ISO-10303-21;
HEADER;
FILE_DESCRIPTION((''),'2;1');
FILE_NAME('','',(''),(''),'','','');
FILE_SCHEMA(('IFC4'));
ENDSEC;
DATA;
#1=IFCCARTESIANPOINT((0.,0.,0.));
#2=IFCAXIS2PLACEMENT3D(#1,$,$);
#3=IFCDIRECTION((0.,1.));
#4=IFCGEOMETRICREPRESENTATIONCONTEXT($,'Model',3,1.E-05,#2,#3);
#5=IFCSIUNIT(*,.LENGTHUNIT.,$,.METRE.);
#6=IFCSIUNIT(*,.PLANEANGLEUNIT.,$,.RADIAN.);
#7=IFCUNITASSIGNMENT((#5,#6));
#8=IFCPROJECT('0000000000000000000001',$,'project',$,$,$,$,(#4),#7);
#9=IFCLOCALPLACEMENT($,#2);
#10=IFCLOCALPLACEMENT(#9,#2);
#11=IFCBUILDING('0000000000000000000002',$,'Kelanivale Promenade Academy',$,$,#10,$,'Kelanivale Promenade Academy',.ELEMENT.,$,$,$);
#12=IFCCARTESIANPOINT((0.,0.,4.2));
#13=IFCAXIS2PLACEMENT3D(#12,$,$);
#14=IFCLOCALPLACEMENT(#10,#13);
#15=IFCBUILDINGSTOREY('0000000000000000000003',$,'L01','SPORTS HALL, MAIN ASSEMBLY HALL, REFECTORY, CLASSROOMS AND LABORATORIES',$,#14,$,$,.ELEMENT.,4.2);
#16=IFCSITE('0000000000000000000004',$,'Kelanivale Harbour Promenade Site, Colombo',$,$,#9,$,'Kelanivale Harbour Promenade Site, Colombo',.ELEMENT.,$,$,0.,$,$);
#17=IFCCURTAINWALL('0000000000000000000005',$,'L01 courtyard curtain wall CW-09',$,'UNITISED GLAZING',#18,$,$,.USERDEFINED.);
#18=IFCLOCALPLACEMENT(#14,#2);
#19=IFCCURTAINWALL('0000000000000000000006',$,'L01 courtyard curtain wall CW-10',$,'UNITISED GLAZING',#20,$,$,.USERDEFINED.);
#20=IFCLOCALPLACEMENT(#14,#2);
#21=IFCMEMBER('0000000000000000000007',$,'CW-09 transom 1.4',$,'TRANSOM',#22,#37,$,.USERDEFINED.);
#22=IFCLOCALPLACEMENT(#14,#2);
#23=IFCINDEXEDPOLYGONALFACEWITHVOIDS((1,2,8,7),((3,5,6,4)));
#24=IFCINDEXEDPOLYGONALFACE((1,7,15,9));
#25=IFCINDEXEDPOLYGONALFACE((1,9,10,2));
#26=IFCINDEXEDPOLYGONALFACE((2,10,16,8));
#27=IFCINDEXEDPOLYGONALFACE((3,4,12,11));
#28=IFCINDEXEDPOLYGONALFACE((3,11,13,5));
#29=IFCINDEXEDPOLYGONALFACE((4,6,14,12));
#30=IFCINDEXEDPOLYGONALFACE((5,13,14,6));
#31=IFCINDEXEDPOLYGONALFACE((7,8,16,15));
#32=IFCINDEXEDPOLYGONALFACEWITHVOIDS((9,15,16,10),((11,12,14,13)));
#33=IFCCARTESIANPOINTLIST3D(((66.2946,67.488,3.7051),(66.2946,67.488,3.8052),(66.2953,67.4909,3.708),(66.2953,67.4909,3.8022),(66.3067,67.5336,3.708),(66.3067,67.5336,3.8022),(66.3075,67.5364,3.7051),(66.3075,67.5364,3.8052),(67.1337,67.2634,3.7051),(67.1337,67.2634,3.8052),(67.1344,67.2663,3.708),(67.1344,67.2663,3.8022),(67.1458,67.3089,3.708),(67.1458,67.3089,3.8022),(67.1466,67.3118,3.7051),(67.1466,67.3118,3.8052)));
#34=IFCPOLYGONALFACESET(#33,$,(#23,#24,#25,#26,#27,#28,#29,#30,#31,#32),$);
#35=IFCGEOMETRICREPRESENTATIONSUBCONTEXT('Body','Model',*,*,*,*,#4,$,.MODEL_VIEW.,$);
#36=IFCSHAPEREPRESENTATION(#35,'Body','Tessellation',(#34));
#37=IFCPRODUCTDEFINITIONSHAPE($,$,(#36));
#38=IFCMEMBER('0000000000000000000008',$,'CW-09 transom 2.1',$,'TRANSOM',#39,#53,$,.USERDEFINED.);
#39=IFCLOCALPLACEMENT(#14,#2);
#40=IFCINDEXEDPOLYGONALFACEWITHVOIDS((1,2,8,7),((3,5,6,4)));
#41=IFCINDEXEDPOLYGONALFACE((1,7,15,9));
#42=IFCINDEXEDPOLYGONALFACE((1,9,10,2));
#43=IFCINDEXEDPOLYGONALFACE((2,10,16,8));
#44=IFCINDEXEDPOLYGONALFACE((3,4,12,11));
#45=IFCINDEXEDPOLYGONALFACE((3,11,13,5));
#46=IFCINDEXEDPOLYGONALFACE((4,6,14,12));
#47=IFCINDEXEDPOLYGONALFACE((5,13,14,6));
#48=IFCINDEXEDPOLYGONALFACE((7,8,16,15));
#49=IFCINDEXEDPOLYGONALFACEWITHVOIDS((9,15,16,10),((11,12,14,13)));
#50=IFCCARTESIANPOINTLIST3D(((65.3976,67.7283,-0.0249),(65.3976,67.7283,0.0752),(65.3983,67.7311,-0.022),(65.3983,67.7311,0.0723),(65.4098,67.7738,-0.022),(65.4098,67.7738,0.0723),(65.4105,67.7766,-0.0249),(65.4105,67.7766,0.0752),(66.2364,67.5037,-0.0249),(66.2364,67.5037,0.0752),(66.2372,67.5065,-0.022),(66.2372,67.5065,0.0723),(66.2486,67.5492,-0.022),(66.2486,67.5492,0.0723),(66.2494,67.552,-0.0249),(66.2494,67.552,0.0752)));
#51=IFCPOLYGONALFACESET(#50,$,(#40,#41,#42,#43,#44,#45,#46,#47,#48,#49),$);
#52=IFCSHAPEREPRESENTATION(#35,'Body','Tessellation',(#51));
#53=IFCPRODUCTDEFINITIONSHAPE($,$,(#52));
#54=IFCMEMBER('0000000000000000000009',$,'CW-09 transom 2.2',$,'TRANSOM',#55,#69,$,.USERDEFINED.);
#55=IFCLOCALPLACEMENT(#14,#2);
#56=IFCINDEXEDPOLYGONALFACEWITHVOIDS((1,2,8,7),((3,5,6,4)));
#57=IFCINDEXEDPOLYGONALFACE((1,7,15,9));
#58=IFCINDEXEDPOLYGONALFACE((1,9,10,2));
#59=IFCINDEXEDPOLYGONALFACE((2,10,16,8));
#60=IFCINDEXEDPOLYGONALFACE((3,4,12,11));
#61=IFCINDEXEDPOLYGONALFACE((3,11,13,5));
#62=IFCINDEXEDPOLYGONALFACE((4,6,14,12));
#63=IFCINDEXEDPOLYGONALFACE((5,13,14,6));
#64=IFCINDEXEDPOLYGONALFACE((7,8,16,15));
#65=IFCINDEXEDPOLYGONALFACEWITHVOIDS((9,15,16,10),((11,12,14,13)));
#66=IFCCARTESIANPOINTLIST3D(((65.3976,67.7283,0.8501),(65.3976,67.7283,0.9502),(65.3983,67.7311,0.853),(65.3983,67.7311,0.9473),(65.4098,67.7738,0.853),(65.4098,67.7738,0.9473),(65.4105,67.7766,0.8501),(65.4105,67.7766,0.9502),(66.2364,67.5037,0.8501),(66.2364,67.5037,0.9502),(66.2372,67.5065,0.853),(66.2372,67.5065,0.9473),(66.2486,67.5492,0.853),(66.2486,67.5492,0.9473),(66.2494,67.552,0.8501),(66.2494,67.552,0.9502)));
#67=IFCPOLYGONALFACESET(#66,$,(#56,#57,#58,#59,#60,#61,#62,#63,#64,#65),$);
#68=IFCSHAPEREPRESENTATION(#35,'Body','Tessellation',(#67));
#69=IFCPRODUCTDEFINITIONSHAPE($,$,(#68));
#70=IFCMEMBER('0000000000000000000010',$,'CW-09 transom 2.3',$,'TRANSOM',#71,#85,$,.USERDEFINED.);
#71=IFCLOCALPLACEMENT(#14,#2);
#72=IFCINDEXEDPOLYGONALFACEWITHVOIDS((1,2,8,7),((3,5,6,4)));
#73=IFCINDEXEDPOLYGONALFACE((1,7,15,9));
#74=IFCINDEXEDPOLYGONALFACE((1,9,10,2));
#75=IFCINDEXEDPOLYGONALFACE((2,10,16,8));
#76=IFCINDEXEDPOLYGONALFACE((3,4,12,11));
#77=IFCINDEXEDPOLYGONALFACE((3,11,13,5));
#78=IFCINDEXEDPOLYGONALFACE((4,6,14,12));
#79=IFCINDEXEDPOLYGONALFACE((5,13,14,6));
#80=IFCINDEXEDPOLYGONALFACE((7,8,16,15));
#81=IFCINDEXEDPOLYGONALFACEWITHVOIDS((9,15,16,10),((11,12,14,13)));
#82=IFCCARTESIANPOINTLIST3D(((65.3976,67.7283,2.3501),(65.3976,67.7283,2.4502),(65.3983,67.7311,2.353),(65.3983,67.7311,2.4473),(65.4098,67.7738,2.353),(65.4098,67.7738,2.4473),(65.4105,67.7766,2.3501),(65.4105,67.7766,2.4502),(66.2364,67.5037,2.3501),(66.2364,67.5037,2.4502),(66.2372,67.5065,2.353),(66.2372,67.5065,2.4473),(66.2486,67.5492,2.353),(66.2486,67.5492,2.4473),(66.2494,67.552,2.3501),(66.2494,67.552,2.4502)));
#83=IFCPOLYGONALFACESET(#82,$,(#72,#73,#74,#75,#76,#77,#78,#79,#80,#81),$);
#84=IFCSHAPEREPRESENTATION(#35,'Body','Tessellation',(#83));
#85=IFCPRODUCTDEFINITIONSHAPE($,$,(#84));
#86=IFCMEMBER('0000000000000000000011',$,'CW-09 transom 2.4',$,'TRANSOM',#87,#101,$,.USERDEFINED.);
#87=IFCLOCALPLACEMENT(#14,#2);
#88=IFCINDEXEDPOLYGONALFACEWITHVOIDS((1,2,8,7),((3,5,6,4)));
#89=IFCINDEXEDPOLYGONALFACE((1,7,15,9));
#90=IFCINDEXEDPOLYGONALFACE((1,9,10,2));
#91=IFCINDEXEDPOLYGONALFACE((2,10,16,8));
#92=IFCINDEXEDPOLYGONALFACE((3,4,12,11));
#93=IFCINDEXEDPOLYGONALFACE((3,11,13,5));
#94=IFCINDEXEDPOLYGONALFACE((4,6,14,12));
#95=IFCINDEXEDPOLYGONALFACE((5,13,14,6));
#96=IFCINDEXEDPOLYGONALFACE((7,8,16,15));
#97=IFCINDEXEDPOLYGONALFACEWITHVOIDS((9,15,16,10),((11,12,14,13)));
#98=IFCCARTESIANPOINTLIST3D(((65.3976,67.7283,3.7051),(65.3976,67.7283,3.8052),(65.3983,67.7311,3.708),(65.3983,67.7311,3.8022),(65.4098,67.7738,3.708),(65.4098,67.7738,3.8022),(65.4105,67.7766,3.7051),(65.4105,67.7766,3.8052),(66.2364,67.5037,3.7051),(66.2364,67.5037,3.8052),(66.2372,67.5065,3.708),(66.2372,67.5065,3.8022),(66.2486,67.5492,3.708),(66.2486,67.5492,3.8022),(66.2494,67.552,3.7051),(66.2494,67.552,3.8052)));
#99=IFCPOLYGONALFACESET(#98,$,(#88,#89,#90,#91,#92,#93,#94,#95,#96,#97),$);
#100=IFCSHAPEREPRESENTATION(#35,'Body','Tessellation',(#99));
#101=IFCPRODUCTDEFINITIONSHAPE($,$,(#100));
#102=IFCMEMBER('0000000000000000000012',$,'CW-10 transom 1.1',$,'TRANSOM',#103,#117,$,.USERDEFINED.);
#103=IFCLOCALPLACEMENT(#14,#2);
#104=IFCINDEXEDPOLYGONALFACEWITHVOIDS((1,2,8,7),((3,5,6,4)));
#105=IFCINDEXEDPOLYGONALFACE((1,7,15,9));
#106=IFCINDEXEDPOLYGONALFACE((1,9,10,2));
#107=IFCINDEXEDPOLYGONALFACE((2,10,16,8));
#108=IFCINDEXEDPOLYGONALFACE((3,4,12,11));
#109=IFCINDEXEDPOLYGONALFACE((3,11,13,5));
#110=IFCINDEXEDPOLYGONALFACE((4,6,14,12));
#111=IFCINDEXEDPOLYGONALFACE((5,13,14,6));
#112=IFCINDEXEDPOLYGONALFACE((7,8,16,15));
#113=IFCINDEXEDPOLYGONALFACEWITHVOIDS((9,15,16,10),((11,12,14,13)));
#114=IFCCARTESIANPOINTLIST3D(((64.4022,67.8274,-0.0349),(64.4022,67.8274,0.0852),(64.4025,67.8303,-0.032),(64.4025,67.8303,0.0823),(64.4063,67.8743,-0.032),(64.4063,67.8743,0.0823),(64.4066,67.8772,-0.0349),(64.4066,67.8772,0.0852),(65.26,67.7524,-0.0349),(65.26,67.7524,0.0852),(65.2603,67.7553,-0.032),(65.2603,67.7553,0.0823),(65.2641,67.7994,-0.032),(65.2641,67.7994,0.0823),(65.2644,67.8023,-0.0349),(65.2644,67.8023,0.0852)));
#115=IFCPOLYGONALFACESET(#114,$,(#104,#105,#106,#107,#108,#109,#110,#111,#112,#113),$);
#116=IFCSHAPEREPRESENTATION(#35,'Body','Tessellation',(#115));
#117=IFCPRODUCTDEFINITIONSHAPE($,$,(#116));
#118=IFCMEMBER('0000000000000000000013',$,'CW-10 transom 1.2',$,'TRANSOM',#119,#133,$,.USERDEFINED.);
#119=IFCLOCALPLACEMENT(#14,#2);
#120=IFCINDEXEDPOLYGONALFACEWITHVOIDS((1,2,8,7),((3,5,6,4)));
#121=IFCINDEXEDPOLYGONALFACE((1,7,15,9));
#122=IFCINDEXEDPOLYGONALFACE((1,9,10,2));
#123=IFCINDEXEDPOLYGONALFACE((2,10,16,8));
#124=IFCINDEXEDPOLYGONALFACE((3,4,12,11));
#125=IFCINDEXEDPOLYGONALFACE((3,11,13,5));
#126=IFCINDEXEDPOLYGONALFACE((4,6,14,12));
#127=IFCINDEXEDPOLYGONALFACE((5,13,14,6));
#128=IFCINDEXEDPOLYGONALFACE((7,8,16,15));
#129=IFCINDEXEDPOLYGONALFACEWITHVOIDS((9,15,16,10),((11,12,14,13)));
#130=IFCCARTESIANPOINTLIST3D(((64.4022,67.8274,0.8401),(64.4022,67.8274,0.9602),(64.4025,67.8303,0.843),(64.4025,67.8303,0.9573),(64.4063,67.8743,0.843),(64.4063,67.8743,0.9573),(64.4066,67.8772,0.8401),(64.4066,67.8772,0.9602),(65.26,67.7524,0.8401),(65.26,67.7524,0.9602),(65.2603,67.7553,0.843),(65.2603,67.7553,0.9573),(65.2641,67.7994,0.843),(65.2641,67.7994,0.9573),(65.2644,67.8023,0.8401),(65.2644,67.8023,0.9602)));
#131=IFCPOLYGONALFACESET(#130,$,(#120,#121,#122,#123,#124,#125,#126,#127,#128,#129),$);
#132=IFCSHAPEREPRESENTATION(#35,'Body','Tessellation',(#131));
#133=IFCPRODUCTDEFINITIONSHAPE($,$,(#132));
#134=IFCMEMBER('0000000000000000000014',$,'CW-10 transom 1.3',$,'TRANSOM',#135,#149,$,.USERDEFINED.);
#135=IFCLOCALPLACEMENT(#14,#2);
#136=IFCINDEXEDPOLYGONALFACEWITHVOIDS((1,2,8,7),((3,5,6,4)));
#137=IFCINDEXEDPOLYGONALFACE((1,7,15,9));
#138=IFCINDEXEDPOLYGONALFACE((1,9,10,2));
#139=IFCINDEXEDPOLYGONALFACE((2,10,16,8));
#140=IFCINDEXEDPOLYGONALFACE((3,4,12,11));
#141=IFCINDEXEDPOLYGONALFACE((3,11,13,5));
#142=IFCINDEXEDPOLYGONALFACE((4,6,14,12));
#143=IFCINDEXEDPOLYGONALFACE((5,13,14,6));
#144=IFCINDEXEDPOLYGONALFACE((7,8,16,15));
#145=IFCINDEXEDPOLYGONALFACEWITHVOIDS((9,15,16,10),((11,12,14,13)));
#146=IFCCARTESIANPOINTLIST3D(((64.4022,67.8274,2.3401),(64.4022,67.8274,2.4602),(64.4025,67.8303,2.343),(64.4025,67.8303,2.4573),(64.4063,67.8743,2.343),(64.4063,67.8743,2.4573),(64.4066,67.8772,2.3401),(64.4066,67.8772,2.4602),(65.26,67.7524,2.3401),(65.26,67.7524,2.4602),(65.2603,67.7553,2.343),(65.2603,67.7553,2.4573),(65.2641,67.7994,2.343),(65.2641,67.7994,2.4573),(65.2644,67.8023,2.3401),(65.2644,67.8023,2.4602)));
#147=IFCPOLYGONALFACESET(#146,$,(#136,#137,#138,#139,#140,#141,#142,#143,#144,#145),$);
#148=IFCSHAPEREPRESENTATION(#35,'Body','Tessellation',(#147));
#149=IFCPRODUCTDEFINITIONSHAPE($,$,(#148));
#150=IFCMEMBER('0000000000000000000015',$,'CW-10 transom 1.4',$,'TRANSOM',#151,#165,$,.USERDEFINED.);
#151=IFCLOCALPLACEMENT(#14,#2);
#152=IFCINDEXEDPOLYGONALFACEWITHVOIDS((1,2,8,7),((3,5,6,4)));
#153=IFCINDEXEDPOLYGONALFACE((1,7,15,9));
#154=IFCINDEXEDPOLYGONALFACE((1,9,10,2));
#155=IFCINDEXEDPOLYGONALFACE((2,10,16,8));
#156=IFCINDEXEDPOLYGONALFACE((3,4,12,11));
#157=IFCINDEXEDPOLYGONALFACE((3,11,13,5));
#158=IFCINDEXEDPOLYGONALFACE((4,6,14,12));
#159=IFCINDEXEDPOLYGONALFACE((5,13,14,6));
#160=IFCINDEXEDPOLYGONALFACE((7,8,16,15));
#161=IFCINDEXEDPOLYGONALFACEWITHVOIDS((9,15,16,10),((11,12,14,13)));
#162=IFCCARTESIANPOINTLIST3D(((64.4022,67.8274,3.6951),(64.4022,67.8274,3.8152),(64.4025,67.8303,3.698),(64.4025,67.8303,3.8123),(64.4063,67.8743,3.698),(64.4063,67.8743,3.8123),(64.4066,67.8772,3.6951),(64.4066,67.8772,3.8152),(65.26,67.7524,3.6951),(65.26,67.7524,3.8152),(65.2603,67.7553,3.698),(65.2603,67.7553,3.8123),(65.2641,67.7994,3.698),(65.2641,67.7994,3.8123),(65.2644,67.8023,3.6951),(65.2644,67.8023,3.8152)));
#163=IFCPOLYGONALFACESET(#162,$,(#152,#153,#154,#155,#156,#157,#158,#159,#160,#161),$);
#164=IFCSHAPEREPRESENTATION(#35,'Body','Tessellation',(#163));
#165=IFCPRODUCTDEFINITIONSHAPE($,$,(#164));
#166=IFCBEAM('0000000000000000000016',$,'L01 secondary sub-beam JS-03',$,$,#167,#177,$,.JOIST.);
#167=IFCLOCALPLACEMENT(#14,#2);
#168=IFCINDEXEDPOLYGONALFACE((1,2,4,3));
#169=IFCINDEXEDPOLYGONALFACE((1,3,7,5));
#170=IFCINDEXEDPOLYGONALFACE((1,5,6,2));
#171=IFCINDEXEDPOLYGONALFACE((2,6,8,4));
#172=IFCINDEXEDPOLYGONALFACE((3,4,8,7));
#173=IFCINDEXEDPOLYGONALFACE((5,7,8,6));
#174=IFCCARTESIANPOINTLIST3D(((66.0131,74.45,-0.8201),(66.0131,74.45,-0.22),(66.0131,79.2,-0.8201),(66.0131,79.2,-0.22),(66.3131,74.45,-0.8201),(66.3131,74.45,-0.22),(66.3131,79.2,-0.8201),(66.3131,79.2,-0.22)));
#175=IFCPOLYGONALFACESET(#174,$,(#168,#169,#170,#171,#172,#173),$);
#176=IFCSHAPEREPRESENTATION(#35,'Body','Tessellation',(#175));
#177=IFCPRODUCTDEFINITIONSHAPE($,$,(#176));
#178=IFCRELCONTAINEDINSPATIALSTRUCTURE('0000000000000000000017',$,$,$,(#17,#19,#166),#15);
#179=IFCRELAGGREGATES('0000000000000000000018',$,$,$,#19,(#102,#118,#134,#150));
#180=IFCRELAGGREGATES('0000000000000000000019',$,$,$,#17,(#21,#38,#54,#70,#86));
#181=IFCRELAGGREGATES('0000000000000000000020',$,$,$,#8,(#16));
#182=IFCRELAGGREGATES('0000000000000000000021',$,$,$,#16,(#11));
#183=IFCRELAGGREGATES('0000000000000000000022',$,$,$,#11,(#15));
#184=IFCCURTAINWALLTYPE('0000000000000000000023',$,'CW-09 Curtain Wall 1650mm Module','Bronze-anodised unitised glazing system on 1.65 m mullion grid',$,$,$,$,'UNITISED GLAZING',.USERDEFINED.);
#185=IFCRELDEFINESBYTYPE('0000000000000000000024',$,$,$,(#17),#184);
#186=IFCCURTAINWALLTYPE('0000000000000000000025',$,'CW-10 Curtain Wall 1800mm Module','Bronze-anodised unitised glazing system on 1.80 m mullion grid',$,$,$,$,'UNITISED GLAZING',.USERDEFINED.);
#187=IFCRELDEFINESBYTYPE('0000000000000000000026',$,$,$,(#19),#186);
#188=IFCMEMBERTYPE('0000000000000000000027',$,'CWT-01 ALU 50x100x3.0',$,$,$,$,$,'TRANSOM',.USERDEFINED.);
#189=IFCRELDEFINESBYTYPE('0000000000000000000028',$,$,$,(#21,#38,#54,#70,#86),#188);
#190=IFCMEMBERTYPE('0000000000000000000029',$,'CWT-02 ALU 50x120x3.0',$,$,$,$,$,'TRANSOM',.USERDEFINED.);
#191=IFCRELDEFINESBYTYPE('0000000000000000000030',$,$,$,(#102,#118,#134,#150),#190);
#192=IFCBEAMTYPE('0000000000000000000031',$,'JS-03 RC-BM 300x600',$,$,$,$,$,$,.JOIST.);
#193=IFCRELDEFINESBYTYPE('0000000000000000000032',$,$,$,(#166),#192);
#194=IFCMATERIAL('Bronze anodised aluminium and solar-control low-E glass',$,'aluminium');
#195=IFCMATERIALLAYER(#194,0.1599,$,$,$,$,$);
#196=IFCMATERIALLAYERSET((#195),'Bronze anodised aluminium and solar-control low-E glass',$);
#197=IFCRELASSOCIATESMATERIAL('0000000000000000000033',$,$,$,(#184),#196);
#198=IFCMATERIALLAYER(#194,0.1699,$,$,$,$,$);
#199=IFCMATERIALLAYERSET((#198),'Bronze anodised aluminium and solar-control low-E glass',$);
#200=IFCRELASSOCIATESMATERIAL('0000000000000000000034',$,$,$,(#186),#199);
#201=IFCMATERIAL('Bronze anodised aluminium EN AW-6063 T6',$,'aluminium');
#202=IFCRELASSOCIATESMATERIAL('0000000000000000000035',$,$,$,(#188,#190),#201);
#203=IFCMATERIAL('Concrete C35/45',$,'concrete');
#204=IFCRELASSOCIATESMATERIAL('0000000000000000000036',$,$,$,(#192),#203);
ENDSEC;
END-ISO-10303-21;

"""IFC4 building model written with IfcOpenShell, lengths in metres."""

from ifc_helpers import new_model, si_unit, direction, frame, origin, origin_2d, place, context, subcontext, project, spatial, rectangle, hollow_rectangle, extrude, material, layer, layer_set, material_profile, profile_set, type_object, element, aggregate, save


model = new_model("IFC4")

# Units and contexts
model_context = context("Model", 3, precision=1e-05, world=origin(), true_north=direction((0.0, 1.0)))
body_context = subcontext(model_context, "Body", "Model", "MODEL_VIEW")
ifc_project = project(units=[si_unit("LENGTHUNIT", "METRE"), si_unit("PLANEANGLEUNIT", "RADIAN")], contexts=[model_context])

# Site, building, storey
site_placement = place(None, origin())
site = spatial("IfcSite", under=ifc_project, at=site_placement, Name="Kelanivale Harbour Promenade Site, Colombo", LongName="Kelanivale Harbour Promenade Site, Colombo", CompositionType="ELEMENT", RefElevation=0.0)
building_placement = place(site_placement, origin())
building = spatial("IfcBuilding", under=site, at=building_placement, Name="Kelanivale Promenade Academy", LongName="Kelanivale Promenade Academy", CompositionType="ELEMENT")
storey_placement = place(building_placement, frame((0.0, 0.0, 4.2)))
storey = spatial("IfcBuildingStorey", under=building, at=storey_placement, Name="L01", Description="SPORTS HALL, MAIN ASSEMBLY HALL, REFECTORY, CLASSROOMS AND LABORATORIES", CompositionType="ELEMENT", Elevation=4.2)

# Shared definitions
ifc_material_1 = material(Name="Concrete C35/45", Category="concrete")

# Curtain wall
ifc_material_2 = material(Name="Bronze anodised aluminium and solar-control low-E glass", Category="aluminium")
ifc_layer_1 = layer(ifc_material_2, 0.1599)
ifc_layer_set_1 = layer_set([ifc_layer_1], Name="Bronze anodised aluminium and solar-control low-E glass")
curtain_wall_type_1 = type_object("IfcCurtainWallType", Name="CW-09 Curtain Wall 1650mm Module", Description="Bronze-anodised unitised glazing system on 1.65 m mullion grid", ElementType="UNITISED GLAZING", PredefinedType="USERDEFINED", material=ifc_layer_set_1)
curtain_wall_1_placement = place(storey_placement, origin())
curtain_wall_1 = element("IfcCurtainWall", 1, at=curtain_wall_1_placement, inside=storey, type_object=curtain_wall_type_1, Name="L01 courtyard curtain wall CW-09", ObjectType="UNITISED GLAZING", PredefinedType="USERDEFINED")
ifc_material_3 = material(Name="Bronze anodised aluminium EN AW-6063 T6", Category="aluminium")

# Curtain wall
ifc_layer_2 = layer(ifc_material_2, 0.1699)
ifc_layer_set_2 = layer_set([ifc_layer_2], Name="Bronze anodised aluminium and solar-control low-E glass")
curtain_wall_type_2 = type_object("IfcCurtainWallType", Name="CW-10 Curtain Wall 1800mm Module", Description="Bronze-anodised unitised glazing system on 1.80 m mullion grid", ElementType="UNITISED GLAZING", PredefinedType="USERDEFINED", material=ifc_layer_set_2)
curtain_wall_2_placement = place(storey_placement, origin())
curtain_wall_2 = element("IfcCurtainWall", 2, at=curtain_wall_2_placement, inside=storey, type_object=curtain_wall_type_2, Name="L01 courtyard curtain wall CW-10", ObjectType="UNITISED GLAZING", PredefinedType="USERDEFINED")

# Members
ifc_material_profile_1 = material_profile(ifc_material_3, hollow_rectangle(XDim=0.05, YDim=0.1001, WallThickness=0.0029, at=origin_2d()), Name="ALU 50x100x3.0")
ifc_profile_set_1 = profile_set([ifc_material_profile_1], Name="Bronze anodised aluminium EN AW-6063 T6")
member_type_1 = type_object("IfcMemberType", Name="CWT-01 ALU 50x100x3.0", ElementType="TRANSOM", PredefinedType="USERDEFINED", material=ifc_profile_set_1)
member_1_placement = place(storey_placement, frame((67.1401, 67.2876, 3.7551), z_axis=(-0.965992, 0.258572, 0.0), x_axis=(-0.258572, -0.965992, 0.0)))
member_1 = element("IfcMember", 3, at=member_1_placement, type_object=member_type_1, Name="CW-09 transom 1.4", ObjectType="TRANSOM", PredefinedType="USERDEFINED", context=body_context, shape_type="SweptSolid", body=[
    extrude(hollow_rectangle(XDim=0.05, YDim=0.1001, WallThickness=0.0029, at=origin_2d()), origin(), (0.0, 0.0, 1.0), 0.8687),
])
member_2_placement = place(storey_placement, frame((66.2429, 67.5278, 0.0251), z_axis=(-0.965973, 0.258642, 0.0), x_axis=(-0.258642, -0.965973, 0.0)))
member_2 = element("IfcMember", 4, at=member_2_placement, type_object=member_type_1, Name="CW-09 transom 2.1", ObjectType="TRANSOM", PredefinedType="USERDEFINED", context=body_context, shape_type="SweptSolid", body=[
    extrude(hollow_rectangle(XDim=0.05, YDim=0.1001, WallThickness=0.0029, at=origin_2d()), origin(), (0.0, 0.0, 1.0), 0.8684),
])
member_3_placement = place(storey_placement, frame((66.2429, 67.5278, 0.9001), z_axis=(-0.965973, 0.258642, 0.0), x_axis=(-0.258642, -0.965973, 0.0)))
member_3 = element("IfcMember", 5, at=member_3_placement, type_object=member_type_1, Name="CW-09 transom 2.2", ObjectType="TRANSOM", PredefinedType="USERDEFINED", context=body_context, shape_type="SweptSolid", body=[
    extrude(hollow_rectangle(XDim=0.05, YDim=0.1001, WallThickness=0.0029, at=origin_2d()), origin(), (0.0, 0.0, 1.0), 0.8684),
])
member_4_placement = place(storey_placement, frame((66.2429, 67.5278, 2.4001), z_axis=(-0.965973, 0.258642, 0.0), x_axis=(-0.258642, -0.965973, 0.0)))
member_4 = element("IfcMember", 6, at=member_4_placement, type_object=member_type_1, Name="CW-09 transom 2.3", ObjectType="TRANSOM", PredefinedType="USERDEFINED", context=body_context, shape_type="SweptSolid", body=[
    extrude(hollow_rectangle(XDim=0.05, YDim=0.1001, WallThickness=0.0029, at=origin_2d()), origin(), (0.0, 0.0, 1.0), 0.8684),
])
member_5_placement = place(storey_placement, frame((66.2429, 67.5278, 3.7551), z_axis=(-0.965973, 0.258642, 0.0), x_axis=(-0.258642, -0.965973, 0.0)))
member_5 = element("IfcMember", 7, at=member_5_placement, type_object=member_type_1, Name="CW-09 transom 2.4", ObjectType="TRANSOM", PredefinedType="USERDEFINED", context=body_context, shape_type="SweptSolid", body=[
    extrude(hollow_rectangle(XDim=0.05, YDim=0.1001, WallThickness=0.0029, at=origin_2d()), origin(), (0.0, 0.0, 1.0), 0.8684),
])
ifc_material_profile_2 = material_profile(ifc_material_3, hollow_rectangle(XDim=0.05, YDim=0.1201, WallThickness=0.0029, at=origin_2d()), Name="ALU 50x120x3.0")
ifc_profile_set_2 = profile_set([ifc_material_profile_2], Name="Bronze anodised aluminium EN AW-6063 T6")
member_type_2 = type_object("IfcMemberType", Name="CWT-02 ALU 50x120x3.0", ElementType="TRANSOM", PredefinedType="USERDEFINED", material=ifc_profile_set_2)
member_6_placement = place(storey_placement, frame((65.2622, 67.7773, 0.0251), z_axis=(-0.996205, 0.087033, 0.0), x_axis=(-0.087033, -0.996205, 0.0)))
member_6 = element("IfcMember", 8, at=member_6_placement, type_object=member_type_2, Name="CW-10 transom 1.1", ObjectType="TRANSOM", PredefinedType="USERDEFINED", context=body_context, shape_type="SweptSolid", body=[
    extrude(hollow_rectangle(XDim=0.05, YDim=0.1201, WallThickness=0.0029, at=origin_2d()), origin(), (0.0, 0.0, 1.0), 0.8611),
])
member_7_placement = place(storey_placement, frame((65.2622, 67.7773, 0.9001), z_axis=(-0.996205, 0.087033, 0.0), x_axis=(-0.087033, -0.996205, 0.0)))
member_7 = element("IfcMember", 9, at=member_7_placement, type_object=member_type_2, Name="CW-10 transom 1.2", ObjectType="TRANSOM", PredefinedType="USERDEFINED", context=body_context, shape_type="SweptSolid", body=[
    extrude(hollow_rectangle(XDim=0.05, YDim=0.1201, WallThickness=0.0029, at=origin_2d()), origin(), (0.0, 0.0, 1.0), 0.8611),
])
member_8_placement = place(storey_placement, frame((65.2622, 67.7773, 2.4001), z_axis=(-0.996205, 0.087033, 0.0), x_axis=(-0.087033, -0.996205, 0.0)))
member_8 = element("IfcMember", 10, at=member_8_placement, type_object=member_type_2, Name="CW-10 transom 1.3", ObjectType="TRANSOM", PredefinedType="USERDEFINED", context=body_context, shape_type="SweptSolid", body=[
    extrude(hollow_rectangle(XDim=0.05, YDim=0.1201, WallThickness=0.0029, at=origin_2d()), origin(), (0.0, 0.0, 1.0), 0.8611),
])
member_9_placement = place(storey_placement, frame((65.2622, 67.7773, 3.7551), z_axis=(-0.996205, 0.087033, 0.0), x_axis=(-0.087033, -0.996205, 0.0)))
member_9 = element("IfcMember", 11, at=member_9_placement, type_object=member_type_2, Name="CW-10 transom 1.4", ObjectType="TRANSOM", PredefinedType="USERDEFINED", context=body_context, shape_type="SweptSolid", body=[
    extrude(hollow_rectangle(XDim=0.05, YDim=0.1201, WallThickness=0.0029, at=origin_2d()), origin(), (0.0, 0.0, 1.0), 0.8611),
])

# Beam
ifc_material_profile_3 = material_profile(ifc_material_1, rectangle(XDim=0.3, YDim=0.6001, at=origin_2d()), Name="RC-BM 300x600")
ifc_profile_set_3 = profile_set([ifc_material_profile_3], Name="Concrete C35/45")
beam_type_1 = type_object("IfcBeamType", Name="JS-03 RC-BM 300x600", PredefinedType="JOIST", material=ifc_profile_set_3)
beam_1_placement = place(storey_placement, frame((66.1631, 74.45, -0.52), z_axis=(0.0, 1.0, 0.0), x_axis=(-1.0, 0.0, 0.0)))
element("IfcBeam", 12, at=beam_1_placement, inside=storey, type_object=beam_type_1, Name="L01 secondary sub-beam JS-03", PredefinedType="JOIST", context=body_context, shape_type="SweptSolid", body=[
    extrude(rectangle(XDim=0.3, YDim=0.6001, at=origin_2d()), origin(), (0.0, 0.0, 1.0), 4.75),
])

aggregate(curtain_wall_2, [member_6, member_7, member_8, member_9])
aggregate(curtain_wall_1, [member_1, member_2, member_3, member_4, member_5])

save(model, "model.ifc")
